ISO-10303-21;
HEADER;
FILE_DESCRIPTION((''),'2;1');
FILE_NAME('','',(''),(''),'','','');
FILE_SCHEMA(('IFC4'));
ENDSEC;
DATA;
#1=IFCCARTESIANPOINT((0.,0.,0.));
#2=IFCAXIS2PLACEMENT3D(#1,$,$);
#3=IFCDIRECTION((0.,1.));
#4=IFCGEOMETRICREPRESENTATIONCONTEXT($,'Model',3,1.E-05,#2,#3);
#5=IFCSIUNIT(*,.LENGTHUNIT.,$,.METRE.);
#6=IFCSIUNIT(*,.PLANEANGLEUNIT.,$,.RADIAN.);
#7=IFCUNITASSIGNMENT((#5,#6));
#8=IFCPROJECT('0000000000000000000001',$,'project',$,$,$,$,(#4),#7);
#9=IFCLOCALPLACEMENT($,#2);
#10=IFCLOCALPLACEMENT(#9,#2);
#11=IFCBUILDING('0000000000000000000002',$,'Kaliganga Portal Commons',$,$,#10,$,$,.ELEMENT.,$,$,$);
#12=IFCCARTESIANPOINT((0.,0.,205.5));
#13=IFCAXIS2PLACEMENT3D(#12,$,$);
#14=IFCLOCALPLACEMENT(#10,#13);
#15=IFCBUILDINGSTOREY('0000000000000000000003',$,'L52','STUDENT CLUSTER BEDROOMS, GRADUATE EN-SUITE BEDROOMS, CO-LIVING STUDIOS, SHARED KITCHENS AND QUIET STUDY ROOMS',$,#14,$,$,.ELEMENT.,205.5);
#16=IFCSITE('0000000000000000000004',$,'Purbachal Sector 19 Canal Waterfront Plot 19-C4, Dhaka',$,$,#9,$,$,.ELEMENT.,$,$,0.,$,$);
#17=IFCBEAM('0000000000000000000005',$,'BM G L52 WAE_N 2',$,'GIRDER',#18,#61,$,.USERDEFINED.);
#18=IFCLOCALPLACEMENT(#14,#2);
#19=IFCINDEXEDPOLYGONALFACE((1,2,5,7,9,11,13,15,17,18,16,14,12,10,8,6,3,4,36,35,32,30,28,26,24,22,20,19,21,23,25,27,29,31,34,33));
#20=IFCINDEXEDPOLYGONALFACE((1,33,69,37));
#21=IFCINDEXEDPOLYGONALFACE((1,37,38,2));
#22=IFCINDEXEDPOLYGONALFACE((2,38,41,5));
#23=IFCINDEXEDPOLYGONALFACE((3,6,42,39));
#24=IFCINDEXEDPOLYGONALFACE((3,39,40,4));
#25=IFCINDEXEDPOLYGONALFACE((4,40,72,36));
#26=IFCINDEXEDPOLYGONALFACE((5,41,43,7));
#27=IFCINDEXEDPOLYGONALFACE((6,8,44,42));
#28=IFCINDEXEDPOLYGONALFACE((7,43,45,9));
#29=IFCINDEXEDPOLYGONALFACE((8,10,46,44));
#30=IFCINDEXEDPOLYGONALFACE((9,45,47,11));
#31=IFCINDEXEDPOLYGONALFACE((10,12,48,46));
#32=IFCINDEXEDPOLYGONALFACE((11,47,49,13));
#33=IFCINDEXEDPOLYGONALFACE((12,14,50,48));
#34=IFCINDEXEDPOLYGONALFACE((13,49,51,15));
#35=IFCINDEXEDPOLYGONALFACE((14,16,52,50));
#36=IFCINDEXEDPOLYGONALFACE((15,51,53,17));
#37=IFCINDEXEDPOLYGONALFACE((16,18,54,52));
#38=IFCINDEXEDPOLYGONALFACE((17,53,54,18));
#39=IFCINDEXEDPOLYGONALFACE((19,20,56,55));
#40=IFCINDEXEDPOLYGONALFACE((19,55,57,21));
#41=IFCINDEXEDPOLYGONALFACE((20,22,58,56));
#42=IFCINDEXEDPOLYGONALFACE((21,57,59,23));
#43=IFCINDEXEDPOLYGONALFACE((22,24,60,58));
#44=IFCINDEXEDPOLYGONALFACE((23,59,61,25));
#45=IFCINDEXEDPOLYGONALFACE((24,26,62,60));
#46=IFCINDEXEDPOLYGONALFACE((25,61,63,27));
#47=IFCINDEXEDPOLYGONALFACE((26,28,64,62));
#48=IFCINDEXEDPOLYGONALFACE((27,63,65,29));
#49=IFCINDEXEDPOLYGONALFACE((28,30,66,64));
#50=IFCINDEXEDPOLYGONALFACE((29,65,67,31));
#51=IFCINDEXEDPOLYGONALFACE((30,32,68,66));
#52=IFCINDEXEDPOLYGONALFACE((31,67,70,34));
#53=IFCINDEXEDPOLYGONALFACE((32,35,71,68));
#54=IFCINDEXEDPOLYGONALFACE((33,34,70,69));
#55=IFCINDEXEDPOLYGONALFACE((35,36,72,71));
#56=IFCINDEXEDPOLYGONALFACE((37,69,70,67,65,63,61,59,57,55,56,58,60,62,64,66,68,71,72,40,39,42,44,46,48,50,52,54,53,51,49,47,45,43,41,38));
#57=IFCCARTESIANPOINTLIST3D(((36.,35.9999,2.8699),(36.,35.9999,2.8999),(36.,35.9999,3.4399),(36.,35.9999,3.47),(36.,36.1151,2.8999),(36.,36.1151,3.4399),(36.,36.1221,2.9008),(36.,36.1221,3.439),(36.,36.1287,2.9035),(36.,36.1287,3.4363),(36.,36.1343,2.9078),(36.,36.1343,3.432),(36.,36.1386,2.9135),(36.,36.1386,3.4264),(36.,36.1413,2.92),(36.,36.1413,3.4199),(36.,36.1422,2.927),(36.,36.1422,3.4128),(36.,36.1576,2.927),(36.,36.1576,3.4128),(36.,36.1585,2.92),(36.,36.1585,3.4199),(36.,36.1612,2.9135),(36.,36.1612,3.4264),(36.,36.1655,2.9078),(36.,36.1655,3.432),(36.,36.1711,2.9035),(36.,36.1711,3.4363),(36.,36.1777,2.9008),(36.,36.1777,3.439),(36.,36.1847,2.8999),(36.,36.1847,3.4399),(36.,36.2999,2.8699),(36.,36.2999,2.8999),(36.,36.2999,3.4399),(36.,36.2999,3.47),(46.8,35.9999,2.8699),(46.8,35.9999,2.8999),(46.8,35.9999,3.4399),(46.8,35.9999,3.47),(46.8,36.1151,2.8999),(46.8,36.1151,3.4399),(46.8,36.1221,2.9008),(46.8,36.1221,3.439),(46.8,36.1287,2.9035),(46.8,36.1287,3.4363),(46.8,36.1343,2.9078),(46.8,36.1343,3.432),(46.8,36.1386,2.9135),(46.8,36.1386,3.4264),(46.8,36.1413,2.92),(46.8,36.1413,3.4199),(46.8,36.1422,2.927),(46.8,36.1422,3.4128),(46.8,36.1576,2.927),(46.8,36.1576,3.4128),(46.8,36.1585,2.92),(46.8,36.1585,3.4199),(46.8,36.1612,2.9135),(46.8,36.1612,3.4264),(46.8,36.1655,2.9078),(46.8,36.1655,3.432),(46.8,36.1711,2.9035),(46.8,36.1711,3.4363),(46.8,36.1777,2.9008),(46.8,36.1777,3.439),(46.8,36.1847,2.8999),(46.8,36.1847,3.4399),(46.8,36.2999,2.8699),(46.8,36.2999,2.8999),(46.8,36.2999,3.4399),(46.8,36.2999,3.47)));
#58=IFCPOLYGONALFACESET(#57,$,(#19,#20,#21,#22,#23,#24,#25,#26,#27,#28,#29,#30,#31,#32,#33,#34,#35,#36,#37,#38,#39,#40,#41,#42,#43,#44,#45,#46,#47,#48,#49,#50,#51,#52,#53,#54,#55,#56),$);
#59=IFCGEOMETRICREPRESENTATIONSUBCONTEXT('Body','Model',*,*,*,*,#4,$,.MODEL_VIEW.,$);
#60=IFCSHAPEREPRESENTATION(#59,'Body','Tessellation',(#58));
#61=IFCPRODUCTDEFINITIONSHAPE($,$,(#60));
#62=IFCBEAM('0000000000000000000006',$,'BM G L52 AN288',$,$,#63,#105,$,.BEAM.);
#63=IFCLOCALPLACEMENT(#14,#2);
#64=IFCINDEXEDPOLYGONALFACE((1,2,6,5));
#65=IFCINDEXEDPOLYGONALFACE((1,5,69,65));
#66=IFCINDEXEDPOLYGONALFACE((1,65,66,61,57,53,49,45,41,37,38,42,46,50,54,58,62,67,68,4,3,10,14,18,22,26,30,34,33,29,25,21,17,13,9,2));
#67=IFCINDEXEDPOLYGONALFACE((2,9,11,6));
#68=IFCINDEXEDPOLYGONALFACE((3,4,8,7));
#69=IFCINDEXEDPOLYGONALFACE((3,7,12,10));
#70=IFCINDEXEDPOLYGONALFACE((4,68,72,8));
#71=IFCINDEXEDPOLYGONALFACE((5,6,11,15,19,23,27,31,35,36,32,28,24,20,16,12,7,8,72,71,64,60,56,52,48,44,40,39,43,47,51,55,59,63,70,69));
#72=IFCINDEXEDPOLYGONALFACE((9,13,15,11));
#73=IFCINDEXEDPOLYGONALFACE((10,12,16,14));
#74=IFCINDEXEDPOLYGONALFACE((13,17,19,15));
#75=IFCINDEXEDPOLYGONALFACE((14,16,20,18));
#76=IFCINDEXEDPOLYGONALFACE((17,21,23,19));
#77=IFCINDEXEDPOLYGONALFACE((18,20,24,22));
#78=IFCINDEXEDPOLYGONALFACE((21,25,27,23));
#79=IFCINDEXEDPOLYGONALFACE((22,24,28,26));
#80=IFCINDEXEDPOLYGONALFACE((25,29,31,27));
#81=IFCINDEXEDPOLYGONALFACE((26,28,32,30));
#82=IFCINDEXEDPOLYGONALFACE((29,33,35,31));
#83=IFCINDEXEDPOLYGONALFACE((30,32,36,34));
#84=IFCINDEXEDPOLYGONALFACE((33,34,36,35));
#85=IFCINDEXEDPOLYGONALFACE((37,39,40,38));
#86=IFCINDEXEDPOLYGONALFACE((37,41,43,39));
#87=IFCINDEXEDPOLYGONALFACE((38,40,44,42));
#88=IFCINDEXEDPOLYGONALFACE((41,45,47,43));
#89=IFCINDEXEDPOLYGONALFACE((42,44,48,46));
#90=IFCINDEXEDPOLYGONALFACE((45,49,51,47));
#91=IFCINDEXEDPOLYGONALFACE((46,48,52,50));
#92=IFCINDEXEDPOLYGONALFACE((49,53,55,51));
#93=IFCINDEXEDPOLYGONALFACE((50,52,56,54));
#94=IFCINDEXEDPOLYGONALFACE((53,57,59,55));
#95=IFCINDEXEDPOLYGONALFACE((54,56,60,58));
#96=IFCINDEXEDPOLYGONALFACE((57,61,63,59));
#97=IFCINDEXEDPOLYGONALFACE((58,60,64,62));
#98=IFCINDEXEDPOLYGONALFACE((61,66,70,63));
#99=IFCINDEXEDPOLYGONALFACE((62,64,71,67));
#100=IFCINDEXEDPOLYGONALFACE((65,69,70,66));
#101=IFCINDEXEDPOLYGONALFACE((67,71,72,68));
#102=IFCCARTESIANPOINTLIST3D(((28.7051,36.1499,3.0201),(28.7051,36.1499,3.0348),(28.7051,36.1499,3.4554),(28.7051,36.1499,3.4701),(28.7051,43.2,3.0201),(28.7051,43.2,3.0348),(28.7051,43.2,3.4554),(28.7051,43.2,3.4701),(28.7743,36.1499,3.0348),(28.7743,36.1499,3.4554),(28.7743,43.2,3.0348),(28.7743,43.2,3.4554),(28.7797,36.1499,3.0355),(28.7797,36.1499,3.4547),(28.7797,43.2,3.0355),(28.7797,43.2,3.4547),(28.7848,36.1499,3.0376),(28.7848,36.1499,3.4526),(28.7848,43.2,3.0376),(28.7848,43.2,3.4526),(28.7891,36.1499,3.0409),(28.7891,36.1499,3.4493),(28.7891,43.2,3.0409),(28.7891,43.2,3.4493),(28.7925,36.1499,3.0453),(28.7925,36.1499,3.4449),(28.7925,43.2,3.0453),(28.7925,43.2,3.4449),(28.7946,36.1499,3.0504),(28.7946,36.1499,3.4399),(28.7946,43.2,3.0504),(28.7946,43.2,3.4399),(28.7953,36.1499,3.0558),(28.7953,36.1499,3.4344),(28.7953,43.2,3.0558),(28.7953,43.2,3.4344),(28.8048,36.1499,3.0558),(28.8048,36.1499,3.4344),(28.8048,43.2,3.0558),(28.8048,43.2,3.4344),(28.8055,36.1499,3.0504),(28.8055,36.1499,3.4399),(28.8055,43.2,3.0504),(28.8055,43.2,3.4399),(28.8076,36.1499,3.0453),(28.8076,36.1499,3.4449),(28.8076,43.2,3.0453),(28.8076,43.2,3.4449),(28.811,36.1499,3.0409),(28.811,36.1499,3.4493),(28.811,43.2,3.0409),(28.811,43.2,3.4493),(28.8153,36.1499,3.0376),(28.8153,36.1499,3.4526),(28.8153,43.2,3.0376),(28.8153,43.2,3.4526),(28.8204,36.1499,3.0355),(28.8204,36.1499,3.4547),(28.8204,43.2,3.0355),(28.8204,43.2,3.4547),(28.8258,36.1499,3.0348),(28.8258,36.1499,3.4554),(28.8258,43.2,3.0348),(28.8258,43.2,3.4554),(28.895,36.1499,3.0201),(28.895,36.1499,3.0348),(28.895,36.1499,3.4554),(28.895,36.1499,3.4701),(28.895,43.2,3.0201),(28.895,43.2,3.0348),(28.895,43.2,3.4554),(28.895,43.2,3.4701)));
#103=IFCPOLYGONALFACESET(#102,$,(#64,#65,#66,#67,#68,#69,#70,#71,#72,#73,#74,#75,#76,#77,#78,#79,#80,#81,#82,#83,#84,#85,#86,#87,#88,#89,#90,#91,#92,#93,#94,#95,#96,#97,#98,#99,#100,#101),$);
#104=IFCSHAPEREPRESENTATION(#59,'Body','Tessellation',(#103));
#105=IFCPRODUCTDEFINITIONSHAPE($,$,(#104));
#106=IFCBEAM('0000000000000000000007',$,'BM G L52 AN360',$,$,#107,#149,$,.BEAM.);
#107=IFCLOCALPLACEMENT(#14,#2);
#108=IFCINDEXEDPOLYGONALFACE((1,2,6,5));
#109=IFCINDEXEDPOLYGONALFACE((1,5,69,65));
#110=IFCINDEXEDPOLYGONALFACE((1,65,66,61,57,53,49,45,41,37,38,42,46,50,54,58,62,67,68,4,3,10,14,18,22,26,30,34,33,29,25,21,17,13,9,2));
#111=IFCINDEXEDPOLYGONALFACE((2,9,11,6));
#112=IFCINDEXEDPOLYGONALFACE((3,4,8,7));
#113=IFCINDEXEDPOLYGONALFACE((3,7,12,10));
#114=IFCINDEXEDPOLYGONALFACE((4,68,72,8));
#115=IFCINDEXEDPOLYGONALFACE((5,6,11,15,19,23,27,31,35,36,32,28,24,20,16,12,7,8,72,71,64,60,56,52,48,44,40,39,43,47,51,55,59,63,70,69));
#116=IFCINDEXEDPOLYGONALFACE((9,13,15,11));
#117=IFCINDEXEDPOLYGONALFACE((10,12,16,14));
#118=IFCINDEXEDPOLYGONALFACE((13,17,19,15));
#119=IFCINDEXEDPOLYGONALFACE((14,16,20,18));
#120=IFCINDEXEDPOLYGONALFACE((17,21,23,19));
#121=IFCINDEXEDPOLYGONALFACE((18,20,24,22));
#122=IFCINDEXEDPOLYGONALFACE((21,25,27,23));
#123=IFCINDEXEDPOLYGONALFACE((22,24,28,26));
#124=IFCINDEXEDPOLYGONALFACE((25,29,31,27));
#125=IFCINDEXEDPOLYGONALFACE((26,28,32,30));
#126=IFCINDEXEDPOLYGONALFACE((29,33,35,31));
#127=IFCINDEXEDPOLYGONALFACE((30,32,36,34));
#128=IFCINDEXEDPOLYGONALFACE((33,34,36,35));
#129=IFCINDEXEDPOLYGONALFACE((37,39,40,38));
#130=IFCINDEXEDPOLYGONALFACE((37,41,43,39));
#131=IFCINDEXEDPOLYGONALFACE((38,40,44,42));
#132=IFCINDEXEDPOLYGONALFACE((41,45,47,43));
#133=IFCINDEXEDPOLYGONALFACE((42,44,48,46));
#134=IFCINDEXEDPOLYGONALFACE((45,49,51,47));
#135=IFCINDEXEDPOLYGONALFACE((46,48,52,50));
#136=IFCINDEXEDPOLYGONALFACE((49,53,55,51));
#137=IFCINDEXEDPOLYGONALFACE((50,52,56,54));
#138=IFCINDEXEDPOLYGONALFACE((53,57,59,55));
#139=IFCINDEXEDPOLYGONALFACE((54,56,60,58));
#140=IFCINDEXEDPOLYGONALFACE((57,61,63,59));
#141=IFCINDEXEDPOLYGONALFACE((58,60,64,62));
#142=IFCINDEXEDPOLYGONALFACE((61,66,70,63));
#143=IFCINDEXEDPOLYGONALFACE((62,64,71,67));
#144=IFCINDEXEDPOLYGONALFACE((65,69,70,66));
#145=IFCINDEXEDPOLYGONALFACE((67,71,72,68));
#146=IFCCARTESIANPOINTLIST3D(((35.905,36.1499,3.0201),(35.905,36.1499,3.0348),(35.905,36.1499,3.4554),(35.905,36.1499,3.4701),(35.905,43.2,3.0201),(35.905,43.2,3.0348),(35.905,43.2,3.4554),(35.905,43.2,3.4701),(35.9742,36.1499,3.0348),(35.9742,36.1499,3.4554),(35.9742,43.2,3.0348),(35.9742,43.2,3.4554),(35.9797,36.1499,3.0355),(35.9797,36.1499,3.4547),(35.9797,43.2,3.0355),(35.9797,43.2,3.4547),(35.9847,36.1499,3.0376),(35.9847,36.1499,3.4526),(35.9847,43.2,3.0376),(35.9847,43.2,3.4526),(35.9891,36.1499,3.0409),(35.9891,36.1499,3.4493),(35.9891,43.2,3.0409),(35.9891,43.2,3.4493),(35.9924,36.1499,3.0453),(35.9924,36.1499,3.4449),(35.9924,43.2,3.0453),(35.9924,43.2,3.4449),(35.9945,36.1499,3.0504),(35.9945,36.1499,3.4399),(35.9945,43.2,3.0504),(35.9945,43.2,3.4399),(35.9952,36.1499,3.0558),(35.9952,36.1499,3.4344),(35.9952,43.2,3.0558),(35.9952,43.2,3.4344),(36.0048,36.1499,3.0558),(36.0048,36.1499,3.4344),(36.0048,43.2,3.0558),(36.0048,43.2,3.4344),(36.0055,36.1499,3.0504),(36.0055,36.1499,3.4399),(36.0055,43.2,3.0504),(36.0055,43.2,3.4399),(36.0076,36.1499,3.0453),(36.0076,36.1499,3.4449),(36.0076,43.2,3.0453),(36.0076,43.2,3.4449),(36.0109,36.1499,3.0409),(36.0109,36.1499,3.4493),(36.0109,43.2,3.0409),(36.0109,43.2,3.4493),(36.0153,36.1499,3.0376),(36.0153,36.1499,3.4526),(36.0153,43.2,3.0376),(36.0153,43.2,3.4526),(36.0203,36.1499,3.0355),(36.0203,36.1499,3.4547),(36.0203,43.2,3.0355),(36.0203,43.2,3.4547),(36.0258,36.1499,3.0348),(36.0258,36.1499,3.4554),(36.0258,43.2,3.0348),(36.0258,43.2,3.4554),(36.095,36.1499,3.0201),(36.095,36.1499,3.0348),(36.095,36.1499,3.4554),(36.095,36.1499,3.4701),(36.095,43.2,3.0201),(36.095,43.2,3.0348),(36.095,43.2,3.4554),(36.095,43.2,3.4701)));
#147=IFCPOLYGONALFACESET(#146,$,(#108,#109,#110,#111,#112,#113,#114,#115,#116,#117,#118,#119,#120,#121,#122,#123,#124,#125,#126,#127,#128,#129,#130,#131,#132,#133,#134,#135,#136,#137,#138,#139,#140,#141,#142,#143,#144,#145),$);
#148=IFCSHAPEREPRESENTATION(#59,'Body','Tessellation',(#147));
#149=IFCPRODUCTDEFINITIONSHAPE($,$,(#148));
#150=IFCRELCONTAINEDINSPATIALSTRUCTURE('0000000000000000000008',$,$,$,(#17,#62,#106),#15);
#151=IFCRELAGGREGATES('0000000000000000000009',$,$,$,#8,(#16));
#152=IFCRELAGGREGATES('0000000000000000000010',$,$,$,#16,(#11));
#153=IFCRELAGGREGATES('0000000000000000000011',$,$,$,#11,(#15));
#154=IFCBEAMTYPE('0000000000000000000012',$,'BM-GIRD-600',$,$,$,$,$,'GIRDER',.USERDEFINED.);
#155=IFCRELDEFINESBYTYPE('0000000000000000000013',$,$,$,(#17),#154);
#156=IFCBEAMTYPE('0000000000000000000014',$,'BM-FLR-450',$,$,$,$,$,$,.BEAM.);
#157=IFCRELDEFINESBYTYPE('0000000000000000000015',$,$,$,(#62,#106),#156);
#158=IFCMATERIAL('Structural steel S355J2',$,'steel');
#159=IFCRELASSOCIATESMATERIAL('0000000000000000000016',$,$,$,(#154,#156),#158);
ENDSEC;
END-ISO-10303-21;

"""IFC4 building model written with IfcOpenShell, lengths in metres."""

from ifc_helpers import new_model, si_unit, direction, frame, origin, origin_2d, place, context, subcontext, project, spatial, i_section, extrude, source, transform, mapped, material, material_profile, profile_set, type_object, element, save


model = new_model("IFC4")

# Units and contexts
model_context = context("Model", 3, precision=1e-05, world=origin(), true_north=direction((0.0, 1.0)))
body_context = subcontext(model_context, "Body", "Model", "MODEL_VIEW")
ifc_project = project(units=[si_unit("LENGTHUNIT", "METRE"), si_unit("PLANEANGLEUNIT", "RADIAN")], contexts=[model_context])

# Site, building, storey
site_placement = place(None, origin())
site = spatial("IfcSite", under=ifc_project, at=site_placement, Name="Purbachal Sector 19 Canal Waterfront Plot 19-C4, Dhaka", CompositionType="ELEMENT", RefElevation=0.0)
building_placement = place(site_placement, origin())
building = spatial("IfcBuilding", under=site, at=building_placement, Name="Kaliganga Portal Commons", CompositionType="ELEMENT")
storey_placement = place(building_placement, frame((0.0, 0.0, 205.5)))
storey = spatial("IfcBuildingStorey", under=building, at=storey_placement, Name="L52", Description="STUDENT CLUSTER BEDROOMS, GRADUATE EN-SUITE BEDROOMS, CO-LIVING STUDIOS, SHARED KITCHENS AND QUIET STUDY ROOMS", CompositionType="ELEMENT", Elevation=205.5)

# Shared definitions
ifc_material_1 = material(Name="Structural steel S355J2", Category="steel")

# Beams
ifc_material_profile_1 = material_profile(ifc_material_1, i_section(OverallWidth=0.3, OverallDepth=0.6001, WebThickness=0.0154, FlangeThickness=0.03, FilletRadius=0.0271, at=origin_2d()), Name="HE 600 B")
ifc_profile_set_1 = profile_set([ifc_material_profile_1], Name="Structural steel S355J2 wide-flange")
beam_type_1 = type_object("IfcBeamType", Name="BM-GIRD-600", ElementType="GIRDER", PredefinedType="USERDEFINED", material=ifc_profile_set_1)
shared_shape_1 = source(origin(), body_context, "Body", "SweptSolid", [
    extrude(i_section(OverallWidth=0.3, OverallDepth=0.6001, WebThickness=0.0154, FlangeThickness=0.03, FilletRadius=0.0271, at=origin_2d()), origin(), (0.0, 0.0, 1.0), 10.8),
])
beam_1_placement = place(storey_placement, frame((36.0, 36.1499, 3.1699), z_axis=(1.0, 0.0, 0.0), x_axis=(0.0, 1.0, 0.0)))
element("IfcBeam", 1, at=beam_1_placement, inside=storey, type_object=beam_type_1, Name="BM G L52 WAE_N 2", ObjectType="GIRDER", PredefinedType="USERDEFINED", context=body_context, shape_type="MappedRepresentation", body=[
    mapped(shared_shape_1, transform((0.0, 0.0, 0.0), x_axis=(1.0, 0.0, 0.0), y_axis=(0.0, 1.0, 0.0), z_axis=(0.0, 0.0, 1.0), scale=1.0)),
])
ifc_material_profile_2 = material_profile(ifc_material_1, i_section(OverallWidth=0.1899, OverallDepth=0.45, WebThickness=0.0095, FlangeThickness=0.0146, FilletRadius=0.021, at=origin_2d()), Name="IPE 450")
ifc_profile_set_2 = profile_set([ifc_material_profile_2], Name="Structural steel S355J2 wide-flange")
beam_type_2 = type_object("IfcBeamType", Name="BM-FLR-450", PredefinedType="BEAM", material=ifc_profile_set_2)
shared_shape_2 = source(origin(), body_context, "Body", "SweptSolid", [
    extrude(i_section(OverallWidth=0.1899, OverallDepth=0.45, WebThickness=0.0095, FlangeThickness=0.0146, FilletRadius=0.021, at=origin_2d()), origin(), (0.0, 0.0, 1.0), 7.05),
])
for number, where, z_axis, x_axis, name in (
    (2, (28.8, 36.1499, 3.2451), (0.0, 1.0, 0.0), (-1.0, 0.0, 0.0), "BM G L52 AN288"),
    (3, (36.0, 36.1499, 3.2451), (0.0, 1.0, 0.0), (-1.0, 0.0, 0.0), "BM G L52 AN360"),
):
    element("IfcBeam", number, at=place(storey_placement, frame(where, z_axis=z_axis, x_axis=x_axis)), inside=storey, type_object=beam_type_2, Name=name, PredefinedType="BEAM", context=body_context, shape_type="MappedRepresentation", body=[
        mapped(shared_shape_2, transform((0.0, 0.0, 0.0), x_axis=(1.0, 0.0, 0.0), y_axis=(0.0, 1.0, 0.0), z_axis=(0.0, 0.0, 1.0), scale=1.0)),
    ])

save(model, "model.ifc")
